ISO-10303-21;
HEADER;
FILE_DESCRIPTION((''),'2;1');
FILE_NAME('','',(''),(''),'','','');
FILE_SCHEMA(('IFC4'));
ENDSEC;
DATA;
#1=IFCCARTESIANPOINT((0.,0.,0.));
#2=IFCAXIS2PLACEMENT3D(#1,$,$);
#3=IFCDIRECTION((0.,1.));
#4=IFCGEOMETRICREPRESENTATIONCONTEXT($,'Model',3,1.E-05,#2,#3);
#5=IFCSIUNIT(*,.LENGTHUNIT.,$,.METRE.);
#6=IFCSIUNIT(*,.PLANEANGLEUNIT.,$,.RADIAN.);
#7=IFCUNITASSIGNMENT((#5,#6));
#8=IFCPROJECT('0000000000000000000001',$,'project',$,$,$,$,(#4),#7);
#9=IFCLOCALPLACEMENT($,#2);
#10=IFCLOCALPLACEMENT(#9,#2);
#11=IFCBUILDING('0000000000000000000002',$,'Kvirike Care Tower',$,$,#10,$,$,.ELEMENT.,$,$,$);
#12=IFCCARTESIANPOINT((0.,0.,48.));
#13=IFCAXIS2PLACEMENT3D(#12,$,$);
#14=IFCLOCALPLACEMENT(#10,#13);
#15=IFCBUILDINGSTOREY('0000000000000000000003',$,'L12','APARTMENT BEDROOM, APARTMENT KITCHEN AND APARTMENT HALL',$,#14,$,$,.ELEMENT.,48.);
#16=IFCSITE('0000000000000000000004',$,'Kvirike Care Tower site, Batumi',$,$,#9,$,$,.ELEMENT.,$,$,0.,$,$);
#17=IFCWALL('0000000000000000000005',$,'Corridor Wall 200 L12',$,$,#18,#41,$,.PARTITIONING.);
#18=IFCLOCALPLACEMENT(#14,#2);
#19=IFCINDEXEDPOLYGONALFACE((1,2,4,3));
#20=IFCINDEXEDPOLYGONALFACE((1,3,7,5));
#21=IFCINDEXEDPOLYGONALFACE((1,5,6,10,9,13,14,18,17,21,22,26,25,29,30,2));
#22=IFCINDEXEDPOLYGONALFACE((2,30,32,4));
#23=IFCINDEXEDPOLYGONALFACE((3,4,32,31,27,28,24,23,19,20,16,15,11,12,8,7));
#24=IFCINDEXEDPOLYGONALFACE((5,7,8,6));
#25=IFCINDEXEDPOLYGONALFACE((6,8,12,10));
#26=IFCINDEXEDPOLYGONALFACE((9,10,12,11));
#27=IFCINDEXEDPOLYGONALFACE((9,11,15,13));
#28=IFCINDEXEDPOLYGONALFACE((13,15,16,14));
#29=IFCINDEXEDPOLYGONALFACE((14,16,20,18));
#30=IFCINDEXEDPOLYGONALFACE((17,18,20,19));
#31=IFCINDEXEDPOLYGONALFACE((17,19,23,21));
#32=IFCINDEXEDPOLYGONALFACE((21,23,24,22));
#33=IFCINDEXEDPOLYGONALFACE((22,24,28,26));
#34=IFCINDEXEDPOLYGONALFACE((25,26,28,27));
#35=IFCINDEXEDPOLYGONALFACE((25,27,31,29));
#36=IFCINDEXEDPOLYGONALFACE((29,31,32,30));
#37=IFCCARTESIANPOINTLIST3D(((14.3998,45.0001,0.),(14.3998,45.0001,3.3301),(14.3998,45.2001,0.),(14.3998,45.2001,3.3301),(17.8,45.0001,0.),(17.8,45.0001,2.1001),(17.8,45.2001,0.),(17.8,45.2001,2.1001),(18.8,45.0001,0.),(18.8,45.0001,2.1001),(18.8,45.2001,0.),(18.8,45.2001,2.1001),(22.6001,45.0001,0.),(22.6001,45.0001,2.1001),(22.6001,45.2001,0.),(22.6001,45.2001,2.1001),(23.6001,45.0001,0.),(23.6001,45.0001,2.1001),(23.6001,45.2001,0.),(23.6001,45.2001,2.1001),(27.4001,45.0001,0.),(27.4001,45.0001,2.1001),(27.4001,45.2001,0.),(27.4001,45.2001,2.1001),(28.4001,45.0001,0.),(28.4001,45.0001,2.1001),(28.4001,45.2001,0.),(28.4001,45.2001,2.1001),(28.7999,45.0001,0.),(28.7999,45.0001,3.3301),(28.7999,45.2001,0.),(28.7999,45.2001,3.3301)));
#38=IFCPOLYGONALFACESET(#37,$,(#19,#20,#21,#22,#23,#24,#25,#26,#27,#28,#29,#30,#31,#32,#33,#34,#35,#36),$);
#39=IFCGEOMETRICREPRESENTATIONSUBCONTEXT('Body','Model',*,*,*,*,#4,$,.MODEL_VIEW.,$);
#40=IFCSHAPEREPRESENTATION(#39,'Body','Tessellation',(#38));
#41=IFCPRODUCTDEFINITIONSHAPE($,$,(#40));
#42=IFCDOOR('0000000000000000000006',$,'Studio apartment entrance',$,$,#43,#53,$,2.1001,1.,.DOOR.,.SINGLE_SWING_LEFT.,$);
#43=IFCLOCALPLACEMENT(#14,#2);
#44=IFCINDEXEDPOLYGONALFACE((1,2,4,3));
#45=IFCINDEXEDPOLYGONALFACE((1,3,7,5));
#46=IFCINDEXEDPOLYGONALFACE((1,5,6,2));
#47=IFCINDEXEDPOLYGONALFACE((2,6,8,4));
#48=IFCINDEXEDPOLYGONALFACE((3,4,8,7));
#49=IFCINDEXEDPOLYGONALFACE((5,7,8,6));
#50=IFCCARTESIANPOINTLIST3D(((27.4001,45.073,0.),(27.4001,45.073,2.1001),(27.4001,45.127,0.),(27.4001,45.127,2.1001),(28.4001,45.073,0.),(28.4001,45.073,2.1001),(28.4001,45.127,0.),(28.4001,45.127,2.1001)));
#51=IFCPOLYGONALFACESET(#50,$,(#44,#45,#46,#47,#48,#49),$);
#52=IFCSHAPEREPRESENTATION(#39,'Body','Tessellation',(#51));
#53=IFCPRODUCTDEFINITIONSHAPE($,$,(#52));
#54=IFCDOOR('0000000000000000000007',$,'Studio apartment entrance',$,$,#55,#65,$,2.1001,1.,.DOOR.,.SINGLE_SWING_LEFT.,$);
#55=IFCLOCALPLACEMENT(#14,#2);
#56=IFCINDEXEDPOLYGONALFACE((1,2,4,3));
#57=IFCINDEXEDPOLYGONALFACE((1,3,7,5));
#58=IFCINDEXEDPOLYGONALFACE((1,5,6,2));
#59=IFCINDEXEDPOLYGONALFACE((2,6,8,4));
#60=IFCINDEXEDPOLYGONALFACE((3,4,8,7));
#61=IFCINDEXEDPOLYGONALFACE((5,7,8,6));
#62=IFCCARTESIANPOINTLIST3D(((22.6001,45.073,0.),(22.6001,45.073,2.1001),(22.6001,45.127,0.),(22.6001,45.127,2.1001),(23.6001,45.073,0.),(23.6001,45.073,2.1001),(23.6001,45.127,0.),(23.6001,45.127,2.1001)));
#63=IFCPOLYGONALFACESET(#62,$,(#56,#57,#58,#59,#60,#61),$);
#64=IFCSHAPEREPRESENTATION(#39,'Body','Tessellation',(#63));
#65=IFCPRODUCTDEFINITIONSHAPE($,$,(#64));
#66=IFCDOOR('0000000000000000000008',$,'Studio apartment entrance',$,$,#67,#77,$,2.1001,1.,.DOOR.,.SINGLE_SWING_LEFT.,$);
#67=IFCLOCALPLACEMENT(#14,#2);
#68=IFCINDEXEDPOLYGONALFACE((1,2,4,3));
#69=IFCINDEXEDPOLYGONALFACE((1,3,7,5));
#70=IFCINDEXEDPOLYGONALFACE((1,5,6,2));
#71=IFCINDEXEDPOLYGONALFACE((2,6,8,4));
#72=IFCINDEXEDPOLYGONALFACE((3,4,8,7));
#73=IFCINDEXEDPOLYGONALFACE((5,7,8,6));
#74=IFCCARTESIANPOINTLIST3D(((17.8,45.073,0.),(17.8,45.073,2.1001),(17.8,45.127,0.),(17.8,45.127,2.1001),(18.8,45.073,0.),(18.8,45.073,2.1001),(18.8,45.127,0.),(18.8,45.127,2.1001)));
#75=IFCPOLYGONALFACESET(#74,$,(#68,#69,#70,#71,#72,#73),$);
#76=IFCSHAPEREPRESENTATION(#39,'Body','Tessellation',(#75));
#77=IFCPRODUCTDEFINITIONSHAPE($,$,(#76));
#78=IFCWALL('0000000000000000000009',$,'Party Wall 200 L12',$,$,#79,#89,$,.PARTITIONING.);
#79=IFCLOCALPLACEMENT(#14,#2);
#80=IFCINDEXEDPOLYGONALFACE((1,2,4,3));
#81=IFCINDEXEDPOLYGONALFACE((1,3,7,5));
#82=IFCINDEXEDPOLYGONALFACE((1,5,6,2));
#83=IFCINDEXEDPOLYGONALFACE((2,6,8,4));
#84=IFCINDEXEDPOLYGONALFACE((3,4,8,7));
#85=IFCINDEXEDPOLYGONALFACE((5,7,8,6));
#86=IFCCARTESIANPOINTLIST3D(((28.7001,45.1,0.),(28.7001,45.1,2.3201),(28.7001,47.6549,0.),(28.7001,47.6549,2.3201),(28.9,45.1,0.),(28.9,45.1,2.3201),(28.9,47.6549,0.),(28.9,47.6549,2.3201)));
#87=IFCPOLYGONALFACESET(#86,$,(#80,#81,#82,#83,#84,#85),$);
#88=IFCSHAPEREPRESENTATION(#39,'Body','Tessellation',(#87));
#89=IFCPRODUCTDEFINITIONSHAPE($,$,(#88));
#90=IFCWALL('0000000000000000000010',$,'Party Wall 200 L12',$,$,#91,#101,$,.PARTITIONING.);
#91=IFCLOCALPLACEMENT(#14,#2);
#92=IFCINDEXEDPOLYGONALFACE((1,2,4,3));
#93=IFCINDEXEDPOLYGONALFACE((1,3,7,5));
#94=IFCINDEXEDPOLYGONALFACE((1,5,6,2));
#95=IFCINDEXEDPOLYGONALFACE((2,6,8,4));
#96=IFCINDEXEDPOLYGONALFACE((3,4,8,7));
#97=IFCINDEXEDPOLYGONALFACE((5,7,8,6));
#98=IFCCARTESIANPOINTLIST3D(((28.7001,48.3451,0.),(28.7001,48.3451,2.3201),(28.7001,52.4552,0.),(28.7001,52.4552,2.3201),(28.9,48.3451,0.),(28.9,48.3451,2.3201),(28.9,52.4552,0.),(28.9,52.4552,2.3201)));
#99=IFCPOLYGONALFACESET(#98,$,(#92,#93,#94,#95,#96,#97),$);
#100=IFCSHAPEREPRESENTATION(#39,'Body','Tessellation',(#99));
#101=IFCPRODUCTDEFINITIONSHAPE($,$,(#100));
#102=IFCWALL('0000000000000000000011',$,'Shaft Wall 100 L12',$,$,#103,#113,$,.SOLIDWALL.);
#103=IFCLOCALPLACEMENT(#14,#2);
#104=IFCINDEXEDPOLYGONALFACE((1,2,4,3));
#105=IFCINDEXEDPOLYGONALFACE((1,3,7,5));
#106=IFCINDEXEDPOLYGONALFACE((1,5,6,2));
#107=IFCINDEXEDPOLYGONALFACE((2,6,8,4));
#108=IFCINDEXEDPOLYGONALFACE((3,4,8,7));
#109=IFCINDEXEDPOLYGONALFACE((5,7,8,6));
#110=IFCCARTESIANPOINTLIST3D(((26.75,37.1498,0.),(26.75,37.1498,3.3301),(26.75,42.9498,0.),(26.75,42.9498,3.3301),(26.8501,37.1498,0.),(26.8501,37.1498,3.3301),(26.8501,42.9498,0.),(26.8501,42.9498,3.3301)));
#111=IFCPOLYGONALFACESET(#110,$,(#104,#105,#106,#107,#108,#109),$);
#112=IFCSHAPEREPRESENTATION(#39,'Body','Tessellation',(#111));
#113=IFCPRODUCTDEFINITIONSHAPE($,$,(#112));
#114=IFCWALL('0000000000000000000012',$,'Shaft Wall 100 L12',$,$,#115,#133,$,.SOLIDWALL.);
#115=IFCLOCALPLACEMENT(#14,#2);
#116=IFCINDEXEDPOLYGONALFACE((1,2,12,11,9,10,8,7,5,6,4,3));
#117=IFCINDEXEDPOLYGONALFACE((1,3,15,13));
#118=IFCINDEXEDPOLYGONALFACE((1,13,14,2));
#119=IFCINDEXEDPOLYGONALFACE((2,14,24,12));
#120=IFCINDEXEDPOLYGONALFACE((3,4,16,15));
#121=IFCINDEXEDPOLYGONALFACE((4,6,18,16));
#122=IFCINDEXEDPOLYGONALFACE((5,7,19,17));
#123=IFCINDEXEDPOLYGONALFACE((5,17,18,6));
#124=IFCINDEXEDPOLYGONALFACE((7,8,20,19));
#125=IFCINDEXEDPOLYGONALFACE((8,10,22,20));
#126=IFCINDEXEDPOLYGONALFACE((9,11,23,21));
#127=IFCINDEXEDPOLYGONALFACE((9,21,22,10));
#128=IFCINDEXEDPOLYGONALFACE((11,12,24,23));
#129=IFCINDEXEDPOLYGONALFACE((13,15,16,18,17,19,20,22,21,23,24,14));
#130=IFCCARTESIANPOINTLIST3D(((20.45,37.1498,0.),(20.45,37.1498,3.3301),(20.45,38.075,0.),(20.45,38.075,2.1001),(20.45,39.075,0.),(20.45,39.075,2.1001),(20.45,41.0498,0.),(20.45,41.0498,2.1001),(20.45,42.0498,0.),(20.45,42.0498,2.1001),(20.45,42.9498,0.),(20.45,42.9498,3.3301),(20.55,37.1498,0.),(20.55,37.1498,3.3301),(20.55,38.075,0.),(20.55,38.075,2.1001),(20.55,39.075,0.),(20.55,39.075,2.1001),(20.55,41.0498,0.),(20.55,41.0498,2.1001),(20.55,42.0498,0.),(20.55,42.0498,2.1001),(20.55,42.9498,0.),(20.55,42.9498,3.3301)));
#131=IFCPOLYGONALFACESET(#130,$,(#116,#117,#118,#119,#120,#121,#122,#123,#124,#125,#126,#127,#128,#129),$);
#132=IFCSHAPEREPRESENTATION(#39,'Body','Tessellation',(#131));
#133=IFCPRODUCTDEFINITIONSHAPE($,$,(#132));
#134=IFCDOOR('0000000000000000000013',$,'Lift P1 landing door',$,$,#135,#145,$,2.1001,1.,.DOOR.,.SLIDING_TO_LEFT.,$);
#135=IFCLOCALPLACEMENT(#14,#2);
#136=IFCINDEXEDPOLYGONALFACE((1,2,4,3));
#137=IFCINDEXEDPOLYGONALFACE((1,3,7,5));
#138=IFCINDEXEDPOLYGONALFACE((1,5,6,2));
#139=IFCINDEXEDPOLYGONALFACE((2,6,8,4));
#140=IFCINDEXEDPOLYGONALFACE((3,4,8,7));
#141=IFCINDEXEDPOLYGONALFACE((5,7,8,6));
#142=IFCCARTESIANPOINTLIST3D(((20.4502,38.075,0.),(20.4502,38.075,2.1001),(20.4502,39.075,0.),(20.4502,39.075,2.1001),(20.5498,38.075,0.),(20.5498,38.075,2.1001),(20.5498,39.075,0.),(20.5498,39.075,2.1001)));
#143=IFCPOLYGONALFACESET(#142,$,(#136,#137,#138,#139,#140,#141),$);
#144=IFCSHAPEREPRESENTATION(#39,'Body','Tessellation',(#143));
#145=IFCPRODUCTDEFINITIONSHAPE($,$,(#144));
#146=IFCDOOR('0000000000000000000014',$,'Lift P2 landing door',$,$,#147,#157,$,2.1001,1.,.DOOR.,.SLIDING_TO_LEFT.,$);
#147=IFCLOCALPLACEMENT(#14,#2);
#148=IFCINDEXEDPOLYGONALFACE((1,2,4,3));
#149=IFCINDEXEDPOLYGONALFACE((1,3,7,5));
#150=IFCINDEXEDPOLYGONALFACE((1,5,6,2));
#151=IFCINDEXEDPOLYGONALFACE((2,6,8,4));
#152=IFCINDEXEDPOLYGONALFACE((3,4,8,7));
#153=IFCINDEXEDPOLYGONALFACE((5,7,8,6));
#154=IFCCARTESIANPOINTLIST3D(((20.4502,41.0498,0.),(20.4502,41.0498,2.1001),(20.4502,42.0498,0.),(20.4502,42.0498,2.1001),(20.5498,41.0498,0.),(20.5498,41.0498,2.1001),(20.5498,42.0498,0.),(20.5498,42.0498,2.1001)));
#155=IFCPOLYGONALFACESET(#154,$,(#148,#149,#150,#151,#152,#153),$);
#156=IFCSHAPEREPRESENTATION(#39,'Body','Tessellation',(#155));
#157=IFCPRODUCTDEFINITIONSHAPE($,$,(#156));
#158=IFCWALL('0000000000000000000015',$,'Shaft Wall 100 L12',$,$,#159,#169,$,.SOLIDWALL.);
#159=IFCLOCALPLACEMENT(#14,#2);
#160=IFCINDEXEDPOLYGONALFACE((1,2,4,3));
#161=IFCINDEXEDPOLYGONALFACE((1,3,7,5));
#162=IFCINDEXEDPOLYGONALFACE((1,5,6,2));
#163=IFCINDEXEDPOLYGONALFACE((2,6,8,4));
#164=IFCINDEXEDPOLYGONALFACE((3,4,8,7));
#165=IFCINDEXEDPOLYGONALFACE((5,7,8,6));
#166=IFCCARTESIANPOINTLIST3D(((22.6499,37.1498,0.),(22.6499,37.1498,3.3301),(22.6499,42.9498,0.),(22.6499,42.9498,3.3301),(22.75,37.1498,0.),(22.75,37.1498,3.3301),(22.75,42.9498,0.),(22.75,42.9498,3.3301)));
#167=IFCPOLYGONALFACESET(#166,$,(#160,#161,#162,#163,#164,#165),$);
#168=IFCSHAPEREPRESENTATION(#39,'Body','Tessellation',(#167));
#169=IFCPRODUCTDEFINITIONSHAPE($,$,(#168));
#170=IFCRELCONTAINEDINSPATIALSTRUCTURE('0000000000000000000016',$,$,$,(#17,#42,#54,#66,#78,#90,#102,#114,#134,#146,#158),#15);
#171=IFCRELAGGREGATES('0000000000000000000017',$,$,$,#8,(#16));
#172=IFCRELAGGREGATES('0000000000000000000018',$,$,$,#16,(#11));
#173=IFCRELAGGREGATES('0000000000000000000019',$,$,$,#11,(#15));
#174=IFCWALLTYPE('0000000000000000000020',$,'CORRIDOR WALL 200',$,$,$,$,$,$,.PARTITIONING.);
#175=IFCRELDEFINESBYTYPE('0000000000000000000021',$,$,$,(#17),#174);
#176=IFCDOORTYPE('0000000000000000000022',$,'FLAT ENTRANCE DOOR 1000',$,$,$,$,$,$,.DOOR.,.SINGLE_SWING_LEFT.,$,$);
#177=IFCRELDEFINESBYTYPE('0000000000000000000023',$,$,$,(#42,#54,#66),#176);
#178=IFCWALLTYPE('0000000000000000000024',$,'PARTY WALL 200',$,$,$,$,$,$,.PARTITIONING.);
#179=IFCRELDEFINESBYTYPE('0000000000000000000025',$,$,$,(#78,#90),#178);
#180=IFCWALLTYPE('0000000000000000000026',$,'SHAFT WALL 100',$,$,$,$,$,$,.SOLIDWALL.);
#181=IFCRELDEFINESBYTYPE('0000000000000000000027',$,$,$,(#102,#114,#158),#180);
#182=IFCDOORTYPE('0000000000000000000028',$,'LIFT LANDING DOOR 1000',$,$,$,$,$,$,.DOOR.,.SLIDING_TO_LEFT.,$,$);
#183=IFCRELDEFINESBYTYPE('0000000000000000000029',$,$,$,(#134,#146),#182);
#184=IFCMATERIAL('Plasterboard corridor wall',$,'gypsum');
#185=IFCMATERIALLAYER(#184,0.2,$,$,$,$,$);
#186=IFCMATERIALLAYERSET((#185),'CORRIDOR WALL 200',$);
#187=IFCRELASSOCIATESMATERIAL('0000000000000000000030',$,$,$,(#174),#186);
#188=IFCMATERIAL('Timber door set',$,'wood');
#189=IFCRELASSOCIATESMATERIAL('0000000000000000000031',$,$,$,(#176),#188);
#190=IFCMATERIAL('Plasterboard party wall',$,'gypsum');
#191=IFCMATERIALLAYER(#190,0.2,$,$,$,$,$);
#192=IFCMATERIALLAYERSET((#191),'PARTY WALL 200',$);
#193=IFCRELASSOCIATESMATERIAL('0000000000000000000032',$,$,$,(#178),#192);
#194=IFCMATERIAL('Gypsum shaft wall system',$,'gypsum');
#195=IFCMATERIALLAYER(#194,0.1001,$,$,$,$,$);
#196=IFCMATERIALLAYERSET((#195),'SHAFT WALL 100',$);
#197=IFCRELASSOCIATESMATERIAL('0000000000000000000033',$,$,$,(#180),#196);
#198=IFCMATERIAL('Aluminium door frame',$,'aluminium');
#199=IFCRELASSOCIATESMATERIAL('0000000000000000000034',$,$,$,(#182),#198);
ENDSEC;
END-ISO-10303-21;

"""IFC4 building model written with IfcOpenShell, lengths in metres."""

from ifc_helpers import new_model, si_unit, direction, frame, frame_2d, origin, place, context, subcontext, project, spatial, rectangle, extrude, material, layer, layer_set, type_object, element, fill, save


model = new_model("IFC4")

# Units and contexts
model_context = context("Model", 3, precision=1e-05, world=origin(), true_north=direction((0.0, 1.0)))
body_context = subcontext(model_context, "Body", "Model", "MODEL_VIEW")
ifc_project = project(units=[si_unit("LENGTHUNIT", "METRE"), si_unit("PLANEANGLEUNIT", "RADIAN")], contexts=[model_context])

# Site, building, storey
site_placement = place(None, origin())
site = spatial("IfcSite", under=ifc_project, at=site_placement, Name="Kvirike Care Tower site, Batumi", CompositionType="ELEMENT", RefElevation=0.0)
building_placement = place(site_placement, origin())
building = spatial("IfcBuilding", under=site, at=building_placement, Name="Kvirike Care Tower", CompositionType="ELEMENT")
storey_placement = place(building_placement, frame((0.0, 0.0, 48.0)))
storey = spatial("IfcBuildingStorey", under=building, at=storey_placement, Name="L12", Description="APARTMENT BEDROOM, APARTMENT KITCHEN AND APARTMENT HALL", CompositionType="ELEMENT", Elevation=48.0)

# Wall, openings, doors
ifc_material_1 = material(Name="Plasterboard corridor wall", Category="gypsum")
ifc_layer_1 = layer(ifc_material_1, 0.2)
ifc_layer_set_1 = layer_set([ifc_layer_1], Name="CORRIDOR WALL 200")
wall_type_1 = type_object("IfcWallType", Name="CORRIDOR WALL 200", PredefinedType="PARTITIONING", material=ifc_layer_set_1)
wall_1_placement = place(storey_placement, frame((28.8, 45.1001, 0.0), z_axis=(0.0, 0.0, 1.0), x_axis=(-1.0, 0.0, 0.0)))
wall_1 = element("IfcWall", 1, at=wall_1_placement, inside=storey, type_object=wall_type_1, Name="Corridor Wall 200 L12", PredefinedType="PARTITIONING", context=body_context, shape_type="SweptSolid", body=[
    extrude(rectangle(XDim=14.4001, YDim=0.2, at=frame_2d((7.2002, 0.0))), origin(), (0.0, 0.0, 1.0), 3.3301),
])
opening_1_placement = place(wall_1_placement, frame((0.3999, 0.0, 0.0)))
opening_1 = element("IfcOpeningElement", 2, at=opening_1_placement, cuts=wall_1, PredefinedType="OPENING", context=body_context, shape_type="SweptSolid", body=[
    extrude(rectangle(XDim=1.0, YDim=2.1001, at=frame_2d((0.5, 1.05))), frame((0.0, 0.1106, 0.0), z_axis=(0.0, -1.0, 0.0), x_axis=(1.0, 0.0, 0.0)), (0.0, 0.0, 1.0), 0.2209),
])
opening_2_placement = place(wall_1_placement, frame((5.2, 0.0, 0.0)))
opening_2 = element("IfcOpeningElement", 3, at=opening_2_placement, cuts=wall_1, PredefinedType="OPENING", context=body_context, shape_type="SweptSolid", body=[
    extrude(rectangle(XDim=1.0, YDim=2.1001, at=frame_2d((0.5, 1.05))), frame((0.0, 0.1106, 0.0), z_axis=(0.0, -1.0, 0.0), x_axis=(1.0, 0.0, 0.0)), (0.0, 0.0, 1.0), 0.2209),
])
opening_3_placement = place(wall_1_placement, frame((10.0, 0.0, 0.0)))
opening_3 = element("IfcOpeningElement", 4, at=opening_3_placement, cuts=wall_1, PredefinedType="OPENING", context=body_context, shape_type="SweptSolid", body=[
    extrude(rectangle(XDim=1.0, YDim=2.1001, at=frame_2d((0.5, 1.05))), frame((0.0, 0.1106, 0.0), z_axis=(0.0, -1.0, 0.0), x_axis=(1.0, 0.0, 0.0)), (0.0, 0.0, 1.0), 0.2209),
])
ifc_material_2 = material(Name="Timber door set", Category="wood")
door_type_1 = type_object("IfcDoorType", Name="FLAT ENTRANCE DOOR 1000", OperationType="SINGLE_SWING_LEFT", PredefinedType="DOOR", material=ifc_material_2)
door_1_placement = place(opening_1_placement, frame((1.0, 0.0, 0.0), z_axis=(0.0, 0.0, 1.0), x_axis=(-1.0, 0.0, 0.0)))
door_1 = element("IfcDoor", 5, at=door_1_placement, inside=storey, type_object=door_type_1, Name="Studio apartment entrance", OperationType="SINGLE_SWING_LEFT", OverallHeight=2.1001, OverallWidth=1.0, PredefinedType="DOOR", context=body_context, shape_type="SweptSolid", body=[
    extrude(rectangle(XDim=1.0, YDim=2.1001, at=frame_2d((0.5, 1.05))), frame((0.0, 0.0269, 0.0), z_axis=(0.0, -1.0, 0.0), x_axis=(1.0, 0.0, 0.0)), (0.0, 0.0, 1.0), 0.054),
])
fill(opening_1, door_1)
door_2_placement = place(opening_2_placement, frame((1.0, 0.0, 0.0), z_axis=(0.0, 0.0, 1.0), x_axis=(-1.0, 0.0, 0.0)))
door_2 = element("IfcDoor", 6, at=door_2_placement, inside=storey, type_object=door_type_1, Name="Studio apartment entrance", OperationType="SINGLE_SWING_LEFT", OverallHeight=2.1001, OverallWidth=1.0, PredefinedType="DOOR", context=body_context, shape_type="SweptSolid", body=[
    extrude(rectangle(XDim=1.0, YDim=2.1001, at=frame_2d((0.5, 1.05))), frame((0.0, 0.0269, 0.0), z_axis=(0.0, -1.0, 0.0), x_axis=(1.0, 0.0, 0.0)), (0.0, 0.0, 1.0), 0.054),
])
fill(opening_2, door_2)
door_3_placement = place(opening_3_placement, frame((1.0, 0.0, 0.0), z_axis=(0.0, 0.0, 1.0), x_axis=(-1.0, 0.0, 0.0)))
door_3 = element("IfcDoor", 7, at=door_3_placement, inside=storey, type_object=door_type_1, Name="Studio apartment entrance", OperationType="SINGLE_SWING_LEFT", OverallHeight=2.1001, OverallWidth=1.0, PredefinedType="DOOR", context=body_context, shape_type="SweptSolid", body=[
    extrude(rectangle(XDim=1.0, YDim=2.1001, at=frame_2d((0.5, 1.05))), frame((0.0, 0.0269, 0.0), z_axis=(0.0, -1.0, 0.0), x_axis=(1.0, 0.0, 0.0)), (0.0, 0.0, 1.0), 0.054),
])
fill(opening_3, door_3)

# Walls
ifc_material_3 = material(Name="Plasterboard party wall", Category="gypsum")
ifc_layer_2 = layer(ifc_material_3, 0.2)
ifc_layer_set_2 = layer_set([ifc_layer_2], Name="PARTY WALL 200")
wall_type_2 = type_object("IfcWallType", Name="PARTY WALL 200", PredefinedType="PARTITIONING", material=ifc_layer_set_2)
wall_2_placement = place(storey_placement, frame((28.8, 45.1001, 0.0), z_axis=(0.0, 0.0, 1.0), x_axis=(0.0, 1.0, 0.0)))
element("IfcWall", 8, at=wall_2_placement, inside=storey, type_object=wall_type_2, Name="Party Wall 200 L12", PredefinedType="PARTITIONING", context=body_context, shape_type="SweptSolid", body=[
    extrude(rectangle(XDim=2.5549, YDim=0.2, at=frame_2d((1.2773, 0.0))), origin(), (0.0, 0.0, 1.0), 2.3201),
])
wall_3_placement = place(storey_placement, frame((28.8, 48.345, 0.0), z_axis=(0.0, 0.0, 1.0), x_axis=(0.0, 1.0, 0.0)))
element("IfcWall", 9, at=wall_3_placement, inside=storey, type_object=wall_type_2, Name="Party Wall 200 L12", PredefinedType="PARTITIONING", context=body_context, shape_type="SweptSolid", body=[
    extrude(rectangle(XDim=4.1101, YDim=0.2, at=frame_2d((2.0552, 0.0))), origin(), (0.0, 0.0, 1.0), 2.3201),
])
ifc_material_4 = material(Name="Gypsum shaft wall system", Category="gypsum")
ifc_layer_3 = layer(ifc_material_4, 0.1001)
ifc_layer_set_3 = layer_set([ifc_layer_3], Name="SHAFT WALL 100")
wall_type_3 = type_object("IfcWallType", Name="SHAFT WALL 100", PredefinedType="SOLIDWALL", material=ifc_layer_set_3)
wall_4_placement = place(storey_placement, frame((26.8, 37.1499, 0.0), z_axis=(0.0, 0.0, 1.0), x_axis=(0.0, 1.0, 0.0)))
element("IfcWall", 10, at=wall_4_placement, inside=storey, type_object=wall_type_3, Name="Shaft Wall 100 L12", PredefinedType="SOLIDWALL", context=body_context, shape_type="SweptSolid", body=[
    extrude(rectangle(XDim=5.8, YDim=0.1001, at=frame_2d((2.8999, 0.0))), origin(), (0.0, 0.0, 1.0), 3.3301),
])

# Wall, openings, doors
wall_5_placement = place(storey_placement, frame((20.5, 37.1499, 0.0), z_axis=(0.0, 0.0, 1.0), x_axis=(0.0, 1.0, 0.0)))
wall_5 = element("IfcWall", 11, at=wall_5_placement, inside=storey, type_object=wall_type_3, Name="Shaft Wall 100 L12", PredefinedType="SOLIDWALL", context=body_context, shape_type="SweptSolid", body=[
    extrude(rectangle(XDim=5.8, YDim=0.1001, at=frame_2d((2.8999, 0.0))), origin(), (0.0, 0.0, 1.0), 3.3301),
])
opening_4_placement = place(wall_5_placement, frame((0.925, 0.0, 0.0)))
opening_4 = element("IfcOpeningElement", 12, at=opening_4_placement, cuts=wall_5, PredefinedType="OPENING", context=body_context, shape_type="SweptSolid", body=[
    extrude(rectangle(XDim=1.0, YDim=2.1001, at=frame_2d((0.5, 1.05))), frame((0.0, 0.0605, 0.0), z_axis=(0.0, -1.0, 0.0), x_axis=(1.0, 0.0, 0.0)), (0.0, 0.0, 1.0), 0.1211),
])
opening_5_placement = place(wall_5_placement, frame((3.8999, 0.0, 0.0)))
opening_5 = element("IfcOpeningElement", 13, at=opening_5_placement, cuts=wall_5, PredefinedType="OPENING", context=body_context, shape_type="SweptSolid", body=[
    extrude(rectangle(XDim=1.0, YDim=2.1001, at=frame_2d((0.5, 1.05))), frame((0.0, 0.0605, 0.0), z_axis=(0.0, -1.0, 0.0), x_axis=(1.0, 0.0, 0.0)), (0.0, 0.0, 1.0), 0.1211),
])
ifc_material_5 = material(Name="Aluminium door frame", Category="aluminium")
door_type_2 = type_object("IfcDoorType", Name="LIFT LANDING DOOR 1000", OperationType="SLIDING_TO_LEFT", PredefinedType="DOOR", material=ifc_material_5)
door_4_placement = place(opening_4_placement, origin())
door_4 = element("IfcDoor", 14, at=door_4_placement, inside=storey, type_object=door_type_2, Name="Lift P1 landing door", OperationType="SLIDING_TO_LEFT", OverallHeight=2.1001, OverallWidth=1.0, PredefinedType="DOOR", context=body_context, shape_type="SweptSolid", body=[
    extrude(rectangle(XDim=1.0, YDim=2.1001, at=frame_2d((0.5, 1.05))), frame((0.0, 0.0498, 0.0), z_axis=(0.0, -1.0, 0.0), x_axis=(1.0, 0.0, 0.0)), (0.0, 0.0, 1.0), 0.0996),
])
fill(opening_4, door_4)
door_5_placement = place(opening_5_placement, origin())
door_5 = element("IfcDoor", 15, at=door_5_placement, inside=storey, type_object=door_type_2, Name="Lift P2 landing door", OperationType="SLIDING_TO_LEFT", OverallHeight=2.1001, OverallWidth=1.0, PredefinedType="DOOR", context=body_context, shape_type="SweptSolid", body=[
    extrude(rectangle(XDim=1.0, YDim=2.1001, at=frame_2d((0.5, 1.05))), frame((0.0, 0.0498, 0.0), z_axis=(0.0, -1.0, 0.0), x_axis=(1.0, 0.0, 0.0)), (0.0, 0.0, 1.0), 0.0996),
])
fill(opening_5, door_5)

# Wall
wall_6_placement = place(storey_placement, frame((22.7, 37.1499, 0.0), z_axis=(0.0, 0.0, 1.0), x_axis=(0.0, 1.0, 0.0)))
element("IfcWall", 16, at=wall_6_placement, inside=storey, type_object=wall_type_3, Name="Shaft Wall 100 L12", PredefinedType="SOLIDWALL", context=body_context, shape_type="SweptSolid", body=[
    extrude(rectangle(XDim=5.8, YDim=0.1001, at=frame_2d((2.8999, 0.0))), origin(), (0.0, 0.0, 1.0), 3.3301),
])

save(model, "model.ifc")
